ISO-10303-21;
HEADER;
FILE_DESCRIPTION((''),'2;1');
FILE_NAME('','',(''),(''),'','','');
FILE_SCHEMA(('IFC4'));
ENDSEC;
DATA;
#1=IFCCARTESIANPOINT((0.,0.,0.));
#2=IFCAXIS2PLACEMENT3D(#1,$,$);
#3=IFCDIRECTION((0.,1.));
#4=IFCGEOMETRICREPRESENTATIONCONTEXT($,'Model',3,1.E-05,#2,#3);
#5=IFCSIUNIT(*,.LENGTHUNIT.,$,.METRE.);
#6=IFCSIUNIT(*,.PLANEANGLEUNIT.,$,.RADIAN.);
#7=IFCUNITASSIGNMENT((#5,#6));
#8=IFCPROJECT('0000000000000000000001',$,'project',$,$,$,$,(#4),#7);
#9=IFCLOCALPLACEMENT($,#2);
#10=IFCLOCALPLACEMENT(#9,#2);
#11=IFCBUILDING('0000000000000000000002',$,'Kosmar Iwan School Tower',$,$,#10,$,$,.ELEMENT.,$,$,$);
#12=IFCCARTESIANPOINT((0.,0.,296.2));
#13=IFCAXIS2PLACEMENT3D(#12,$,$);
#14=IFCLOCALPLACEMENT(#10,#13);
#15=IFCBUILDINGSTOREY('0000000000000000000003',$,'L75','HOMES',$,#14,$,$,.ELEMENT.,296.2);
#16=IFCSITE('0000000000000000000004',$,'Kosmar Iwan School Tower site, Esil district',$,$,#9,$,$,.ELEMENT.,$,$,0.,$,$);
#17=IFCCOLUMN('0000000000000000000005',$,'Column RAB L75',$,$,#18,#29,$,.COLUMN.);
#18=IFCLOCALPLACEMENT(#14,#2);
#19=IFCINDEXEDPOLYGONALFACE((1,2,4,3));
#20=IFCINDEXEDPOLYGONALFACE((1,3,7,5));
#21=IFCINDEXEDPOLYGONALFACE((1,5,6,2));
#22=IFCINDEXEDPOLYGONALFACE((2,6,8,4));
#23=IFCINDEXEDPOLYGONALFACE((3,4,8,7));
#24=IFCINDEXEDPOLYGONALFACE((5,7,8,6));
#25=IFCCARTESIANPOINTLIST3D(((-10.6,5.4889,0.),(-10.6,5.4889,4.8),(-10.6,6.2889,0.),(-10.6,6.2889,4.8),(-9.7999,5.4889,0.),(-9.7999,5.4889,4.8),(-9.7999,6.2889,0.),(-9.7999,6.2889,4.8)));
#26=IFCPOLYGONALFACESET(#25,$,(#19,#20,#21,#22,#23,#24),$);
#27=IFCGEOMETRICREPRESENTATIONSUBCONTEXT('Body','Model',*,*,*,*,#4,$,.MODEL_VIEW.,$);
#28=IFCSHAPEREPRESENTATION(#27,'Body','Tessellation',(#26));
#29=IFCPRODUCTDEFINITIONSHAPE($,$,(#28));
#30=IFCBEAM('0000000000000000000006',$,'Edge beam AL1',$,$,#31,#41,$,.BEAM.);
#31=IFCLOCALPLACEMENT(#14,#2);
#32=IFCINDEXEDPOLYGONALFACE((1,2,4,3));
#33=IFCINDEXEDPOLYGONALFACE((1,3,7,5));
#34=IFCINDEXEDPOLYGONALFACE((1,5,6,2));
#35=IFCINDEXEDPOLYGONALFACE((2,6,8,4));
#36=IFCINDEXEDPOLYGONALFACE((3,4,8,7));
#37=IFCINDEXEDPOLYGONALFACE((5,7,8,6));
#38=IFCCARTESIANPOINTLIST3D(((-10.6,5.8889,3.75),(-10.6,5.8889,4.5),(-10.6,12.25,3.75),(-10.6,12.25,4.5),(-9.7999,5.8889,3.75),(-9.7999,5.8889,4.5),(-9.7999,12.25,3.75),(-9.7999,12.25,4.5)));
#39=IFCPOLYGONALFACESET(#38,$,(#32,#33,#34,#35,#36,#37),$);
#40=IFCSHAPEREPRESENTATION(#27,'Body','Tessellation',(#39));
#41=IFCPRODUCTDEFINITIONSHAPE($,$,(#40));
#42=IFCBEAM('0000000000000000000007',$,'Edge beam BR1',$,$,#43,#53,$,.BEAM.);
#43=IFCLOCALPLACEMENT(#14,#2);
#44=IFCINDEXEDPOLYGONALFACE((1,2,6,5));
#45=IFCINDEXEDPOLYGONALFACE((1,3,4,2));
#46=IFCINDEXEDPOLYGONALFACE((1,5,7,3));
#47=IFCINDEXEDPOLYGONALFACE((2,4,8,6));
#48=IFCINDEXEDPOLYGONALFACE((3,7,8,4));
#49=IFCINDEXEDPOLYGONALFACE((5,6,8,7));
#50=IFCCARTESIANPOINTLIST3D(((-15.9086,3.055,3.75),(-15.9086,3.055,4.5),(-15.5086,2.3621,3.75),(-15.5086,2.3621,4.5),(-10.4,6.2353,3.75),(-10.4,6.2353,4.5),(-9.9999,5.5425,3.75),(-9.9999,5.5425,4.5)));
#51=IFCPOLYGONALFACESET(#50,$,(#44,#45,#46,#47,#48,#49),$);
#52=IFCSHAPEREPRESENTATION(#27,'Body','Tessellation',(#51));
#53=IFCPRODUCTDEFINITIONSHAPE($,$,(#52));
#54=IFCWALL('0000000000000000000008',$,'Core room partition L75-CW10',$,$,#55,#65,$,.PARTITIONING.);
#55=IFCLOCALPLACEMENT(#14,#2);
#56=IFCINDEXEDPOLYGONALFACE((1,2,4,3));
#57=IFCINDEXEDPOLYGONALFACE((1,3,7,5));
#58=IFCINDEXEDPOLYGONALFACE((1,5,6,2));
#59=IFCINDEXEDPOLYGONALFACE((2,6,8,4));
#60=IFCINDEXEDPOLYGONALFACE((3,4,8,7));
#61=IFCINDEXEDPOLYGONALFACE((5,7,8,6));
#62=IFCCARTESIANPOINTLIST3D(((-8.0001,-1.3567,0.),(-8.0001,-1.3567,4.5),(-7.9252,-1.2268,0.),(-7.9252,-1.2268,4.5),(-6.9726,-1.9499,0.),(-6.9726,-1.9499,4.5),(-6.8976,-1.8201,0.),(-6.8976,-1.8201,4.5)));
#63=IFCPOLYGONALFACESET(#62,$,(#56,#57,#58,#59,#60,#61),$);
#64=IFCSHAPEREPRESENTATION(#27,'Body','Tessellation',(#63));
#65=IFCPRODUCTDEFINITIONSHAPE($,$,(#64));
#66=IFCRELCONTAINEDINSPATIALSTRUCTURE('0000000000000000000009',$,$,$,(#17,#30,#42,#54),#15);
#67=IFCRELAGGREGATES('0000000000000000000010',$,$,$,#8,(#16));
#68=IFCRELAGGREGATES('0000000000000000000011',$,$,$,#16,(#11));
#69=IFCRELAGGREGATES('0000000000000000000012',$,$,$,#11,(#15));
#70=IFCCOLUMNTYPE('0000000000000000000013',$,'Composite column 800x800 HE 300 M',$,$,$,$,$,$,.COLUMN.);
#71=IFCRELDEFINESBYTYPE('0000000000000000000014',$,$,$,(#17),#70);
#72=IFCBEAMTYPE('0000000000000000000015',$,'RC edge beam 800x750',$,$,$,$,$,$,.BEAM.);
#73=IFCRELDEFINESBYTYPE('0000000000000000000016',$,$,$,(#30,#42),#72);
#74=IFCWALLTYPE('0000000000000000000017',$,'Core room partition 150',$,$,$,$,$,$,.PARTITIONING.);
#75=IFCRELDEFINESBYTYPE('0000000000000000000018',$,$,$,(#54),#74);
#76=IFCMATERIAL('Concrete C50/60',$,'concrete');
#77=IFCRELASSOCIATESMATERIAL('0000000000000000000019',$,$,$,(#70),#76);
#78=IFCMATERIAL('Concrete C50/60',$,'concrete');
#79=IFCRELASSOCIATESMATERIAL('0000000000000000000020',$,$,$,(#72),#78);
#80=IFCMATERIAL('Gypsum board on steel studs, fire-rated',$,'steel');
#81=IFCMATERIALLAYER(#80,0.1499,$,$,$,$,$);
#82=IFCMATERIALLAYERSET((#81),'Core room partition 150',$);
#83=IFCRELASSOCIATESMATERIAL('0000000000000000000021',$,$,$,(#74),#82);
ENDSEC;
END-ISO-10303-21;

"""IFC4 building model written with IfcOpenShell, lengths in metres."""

from ifc_helpers import new_model, si_unit, direction, frame, frame_2d, origin, origin_2d, place, context, subcontext, project, spatial, rectangle, extrude, material, layer, layer_set, material_profile, profile_set, type_object, element, save


model = new_model("IFC4")

# Units and contexts
model_context = context("Model", 3, precision=1e-05, world=origin(), true_north=direction((0.0, 1.0)))
body_context = subcontext(model_context, "Body", "Model", "MODEL_VIEW")
ifc_project = project(units=[si_unit("LENGTHUNIT", "METRE"), si_unit("PLANEANGLEUNIT", "RADIAN")], contexts=[model_context])

# Site, building, storey
site_placement = place(None, origin())
site = spatial("IfcSite", under=ifc_project, at=site_placement, Name="Kosmar Iwan School Tower site, Esil district", CompositionType="ELEMENT", RefElevation=0.0)
building_placement = place(site_placement, origin())
building = spatial("IfcBuilding", under=site, at=building_placement, Name="Kosmar Iwan School Tower", CompositionType="ELEMENT")
storey_placement = place(building_placement, frame((0.0, 0.0, 296.2)))
storey = spatial("IfcBuildingStorey", under=building, at=storey_placement, Name="L75", Description="HOMES", CompositionType="ELEMENT", Elevation=296.2)

# Column
ifc_material_1 = material(Name="Concrete C50/60", Category="concrete")
ifc_material_profile_1 = material_profile(ifc_material_1, rectangle(XDim=0.8, YDim=0.8, at=origin_2d()), Name="RC 800x800 + HE 300 M")
ifc_profile_set_1 = profile_set([ifc_material_profile_1], Name="Concrete C50/60")
column_type = type_object("IfcColumnType", Name="Composite column 800x800 HE 300 M", PredefinedType="COLUMN", material=ifc_profile_set_1)
column_placement = place(storey_placement, frame((-10.2, 5.8889, 0.0), z_axis=(0.0, 0.0, 1.0), x_axis=(1.0, 0.0, 0.0)))
element("IfcColumn", 1, at=column_placement, inside=storey, type_object=column_type, Name="Column RAB L75", PredefinedType="COLUMN", context=body_context, shape_type="SweptSolid", body=[
    extrude(rectangle(XDim=0.8, YDim=0.8, at=origin_2d()), origin(), (0.0, 0.0, 1.0), 4.8),
])

# Beams
ifc_material_2 = material(Name="Concrete C50/60", Category="concrete")
ifc_material_profile_2 = material_profile(ifc_material_2, rectangle(XDim=0.8, YDim=0.75, at=origin_2d()), Name="RC 800x750")
ifc_profile_set_2 = profile_set([ifc_material_profile_2], Name="Concrete C50/60")
beam_type = type_object("IfcBeamType", Name="RC edge beam 800x750", PredefinedType="BEAM", material=ifc_profile_set_2)
beam_1_placement = place(storey_placement, frame((-10.2, 5.8889, 4.125), z_axis=(0.0, 1.0, 0.0), x_axis=(-1.0, 0.0, 0.0)))
element("IfcBeam", 2, at=beam_1_placement, inside=storey, type_object=beam_type, Name="Edge beam AL1", PredefinedType="BEAM", context=body_context, shape_type="SweptSolid", body=[
    extrude(rectangle(XDim=0.8, YDim=0.75, at=origin_2d()), origin(), (0.0, 0.0, 1.0), 6.3611),
])
beam_2_placement = place(storey_placement, frame((-10.2, 5.8889, 4.125), z_axis=(-0.866031, -0.49999, 0.0), x_axis=(0.49999, -0.866031, 0.0)))
element("IfcBeam", 3, at=beam_2_placement, inside=storey, type_object=beam_type, Name="Edge beam BR1", PredefinedType="BEAM", context=body_context, shape_type="SweptSolid", body=[
    extrude(rectangle(XDim=0.8, YDim=0.75, at=origin_2d()), origin(), (0.0, 0.0, 1.0), 6.3608),
])

# Wall
ifc_material_3 = material(Name="Gypsum board on steel studs, fire-rated", Category="steel")
ifc_layer_1 = layer(ifc_material_3, 0.1499)
ifc_layer_set_1 = layer_set([ifc_layer_1], Name="Core room partition 150")
wall_type_1 = type_object("IfcWallType", Name="Core room partition 150", PredefinedType="PARTITIONING", material=ifc_layer_set_1)
wall_1_placement = place(storey_placement, frame((-7.9626, -1.2917, 0.0), z_axis=(0.0, 0.0, 1.0), x_axis=(0.866031, -0.49999, 0.0)))
element("IfcWall", 4, at=wall_1_placement, inside=storey, type_object=wall_type_1, Name="Core room partition L75-CW10", PredefinedType="PARTITIONING", context=body_context, shape_type="SweptSolid", body=[
    extrude(rectangle(XDim=1.1865, YDim=0.1499, at=frame_2d((0.5933, 0.0))), origin(), (0.0, 0.0, 1.0), 4.5),
])

save(model, "model.ifc")
